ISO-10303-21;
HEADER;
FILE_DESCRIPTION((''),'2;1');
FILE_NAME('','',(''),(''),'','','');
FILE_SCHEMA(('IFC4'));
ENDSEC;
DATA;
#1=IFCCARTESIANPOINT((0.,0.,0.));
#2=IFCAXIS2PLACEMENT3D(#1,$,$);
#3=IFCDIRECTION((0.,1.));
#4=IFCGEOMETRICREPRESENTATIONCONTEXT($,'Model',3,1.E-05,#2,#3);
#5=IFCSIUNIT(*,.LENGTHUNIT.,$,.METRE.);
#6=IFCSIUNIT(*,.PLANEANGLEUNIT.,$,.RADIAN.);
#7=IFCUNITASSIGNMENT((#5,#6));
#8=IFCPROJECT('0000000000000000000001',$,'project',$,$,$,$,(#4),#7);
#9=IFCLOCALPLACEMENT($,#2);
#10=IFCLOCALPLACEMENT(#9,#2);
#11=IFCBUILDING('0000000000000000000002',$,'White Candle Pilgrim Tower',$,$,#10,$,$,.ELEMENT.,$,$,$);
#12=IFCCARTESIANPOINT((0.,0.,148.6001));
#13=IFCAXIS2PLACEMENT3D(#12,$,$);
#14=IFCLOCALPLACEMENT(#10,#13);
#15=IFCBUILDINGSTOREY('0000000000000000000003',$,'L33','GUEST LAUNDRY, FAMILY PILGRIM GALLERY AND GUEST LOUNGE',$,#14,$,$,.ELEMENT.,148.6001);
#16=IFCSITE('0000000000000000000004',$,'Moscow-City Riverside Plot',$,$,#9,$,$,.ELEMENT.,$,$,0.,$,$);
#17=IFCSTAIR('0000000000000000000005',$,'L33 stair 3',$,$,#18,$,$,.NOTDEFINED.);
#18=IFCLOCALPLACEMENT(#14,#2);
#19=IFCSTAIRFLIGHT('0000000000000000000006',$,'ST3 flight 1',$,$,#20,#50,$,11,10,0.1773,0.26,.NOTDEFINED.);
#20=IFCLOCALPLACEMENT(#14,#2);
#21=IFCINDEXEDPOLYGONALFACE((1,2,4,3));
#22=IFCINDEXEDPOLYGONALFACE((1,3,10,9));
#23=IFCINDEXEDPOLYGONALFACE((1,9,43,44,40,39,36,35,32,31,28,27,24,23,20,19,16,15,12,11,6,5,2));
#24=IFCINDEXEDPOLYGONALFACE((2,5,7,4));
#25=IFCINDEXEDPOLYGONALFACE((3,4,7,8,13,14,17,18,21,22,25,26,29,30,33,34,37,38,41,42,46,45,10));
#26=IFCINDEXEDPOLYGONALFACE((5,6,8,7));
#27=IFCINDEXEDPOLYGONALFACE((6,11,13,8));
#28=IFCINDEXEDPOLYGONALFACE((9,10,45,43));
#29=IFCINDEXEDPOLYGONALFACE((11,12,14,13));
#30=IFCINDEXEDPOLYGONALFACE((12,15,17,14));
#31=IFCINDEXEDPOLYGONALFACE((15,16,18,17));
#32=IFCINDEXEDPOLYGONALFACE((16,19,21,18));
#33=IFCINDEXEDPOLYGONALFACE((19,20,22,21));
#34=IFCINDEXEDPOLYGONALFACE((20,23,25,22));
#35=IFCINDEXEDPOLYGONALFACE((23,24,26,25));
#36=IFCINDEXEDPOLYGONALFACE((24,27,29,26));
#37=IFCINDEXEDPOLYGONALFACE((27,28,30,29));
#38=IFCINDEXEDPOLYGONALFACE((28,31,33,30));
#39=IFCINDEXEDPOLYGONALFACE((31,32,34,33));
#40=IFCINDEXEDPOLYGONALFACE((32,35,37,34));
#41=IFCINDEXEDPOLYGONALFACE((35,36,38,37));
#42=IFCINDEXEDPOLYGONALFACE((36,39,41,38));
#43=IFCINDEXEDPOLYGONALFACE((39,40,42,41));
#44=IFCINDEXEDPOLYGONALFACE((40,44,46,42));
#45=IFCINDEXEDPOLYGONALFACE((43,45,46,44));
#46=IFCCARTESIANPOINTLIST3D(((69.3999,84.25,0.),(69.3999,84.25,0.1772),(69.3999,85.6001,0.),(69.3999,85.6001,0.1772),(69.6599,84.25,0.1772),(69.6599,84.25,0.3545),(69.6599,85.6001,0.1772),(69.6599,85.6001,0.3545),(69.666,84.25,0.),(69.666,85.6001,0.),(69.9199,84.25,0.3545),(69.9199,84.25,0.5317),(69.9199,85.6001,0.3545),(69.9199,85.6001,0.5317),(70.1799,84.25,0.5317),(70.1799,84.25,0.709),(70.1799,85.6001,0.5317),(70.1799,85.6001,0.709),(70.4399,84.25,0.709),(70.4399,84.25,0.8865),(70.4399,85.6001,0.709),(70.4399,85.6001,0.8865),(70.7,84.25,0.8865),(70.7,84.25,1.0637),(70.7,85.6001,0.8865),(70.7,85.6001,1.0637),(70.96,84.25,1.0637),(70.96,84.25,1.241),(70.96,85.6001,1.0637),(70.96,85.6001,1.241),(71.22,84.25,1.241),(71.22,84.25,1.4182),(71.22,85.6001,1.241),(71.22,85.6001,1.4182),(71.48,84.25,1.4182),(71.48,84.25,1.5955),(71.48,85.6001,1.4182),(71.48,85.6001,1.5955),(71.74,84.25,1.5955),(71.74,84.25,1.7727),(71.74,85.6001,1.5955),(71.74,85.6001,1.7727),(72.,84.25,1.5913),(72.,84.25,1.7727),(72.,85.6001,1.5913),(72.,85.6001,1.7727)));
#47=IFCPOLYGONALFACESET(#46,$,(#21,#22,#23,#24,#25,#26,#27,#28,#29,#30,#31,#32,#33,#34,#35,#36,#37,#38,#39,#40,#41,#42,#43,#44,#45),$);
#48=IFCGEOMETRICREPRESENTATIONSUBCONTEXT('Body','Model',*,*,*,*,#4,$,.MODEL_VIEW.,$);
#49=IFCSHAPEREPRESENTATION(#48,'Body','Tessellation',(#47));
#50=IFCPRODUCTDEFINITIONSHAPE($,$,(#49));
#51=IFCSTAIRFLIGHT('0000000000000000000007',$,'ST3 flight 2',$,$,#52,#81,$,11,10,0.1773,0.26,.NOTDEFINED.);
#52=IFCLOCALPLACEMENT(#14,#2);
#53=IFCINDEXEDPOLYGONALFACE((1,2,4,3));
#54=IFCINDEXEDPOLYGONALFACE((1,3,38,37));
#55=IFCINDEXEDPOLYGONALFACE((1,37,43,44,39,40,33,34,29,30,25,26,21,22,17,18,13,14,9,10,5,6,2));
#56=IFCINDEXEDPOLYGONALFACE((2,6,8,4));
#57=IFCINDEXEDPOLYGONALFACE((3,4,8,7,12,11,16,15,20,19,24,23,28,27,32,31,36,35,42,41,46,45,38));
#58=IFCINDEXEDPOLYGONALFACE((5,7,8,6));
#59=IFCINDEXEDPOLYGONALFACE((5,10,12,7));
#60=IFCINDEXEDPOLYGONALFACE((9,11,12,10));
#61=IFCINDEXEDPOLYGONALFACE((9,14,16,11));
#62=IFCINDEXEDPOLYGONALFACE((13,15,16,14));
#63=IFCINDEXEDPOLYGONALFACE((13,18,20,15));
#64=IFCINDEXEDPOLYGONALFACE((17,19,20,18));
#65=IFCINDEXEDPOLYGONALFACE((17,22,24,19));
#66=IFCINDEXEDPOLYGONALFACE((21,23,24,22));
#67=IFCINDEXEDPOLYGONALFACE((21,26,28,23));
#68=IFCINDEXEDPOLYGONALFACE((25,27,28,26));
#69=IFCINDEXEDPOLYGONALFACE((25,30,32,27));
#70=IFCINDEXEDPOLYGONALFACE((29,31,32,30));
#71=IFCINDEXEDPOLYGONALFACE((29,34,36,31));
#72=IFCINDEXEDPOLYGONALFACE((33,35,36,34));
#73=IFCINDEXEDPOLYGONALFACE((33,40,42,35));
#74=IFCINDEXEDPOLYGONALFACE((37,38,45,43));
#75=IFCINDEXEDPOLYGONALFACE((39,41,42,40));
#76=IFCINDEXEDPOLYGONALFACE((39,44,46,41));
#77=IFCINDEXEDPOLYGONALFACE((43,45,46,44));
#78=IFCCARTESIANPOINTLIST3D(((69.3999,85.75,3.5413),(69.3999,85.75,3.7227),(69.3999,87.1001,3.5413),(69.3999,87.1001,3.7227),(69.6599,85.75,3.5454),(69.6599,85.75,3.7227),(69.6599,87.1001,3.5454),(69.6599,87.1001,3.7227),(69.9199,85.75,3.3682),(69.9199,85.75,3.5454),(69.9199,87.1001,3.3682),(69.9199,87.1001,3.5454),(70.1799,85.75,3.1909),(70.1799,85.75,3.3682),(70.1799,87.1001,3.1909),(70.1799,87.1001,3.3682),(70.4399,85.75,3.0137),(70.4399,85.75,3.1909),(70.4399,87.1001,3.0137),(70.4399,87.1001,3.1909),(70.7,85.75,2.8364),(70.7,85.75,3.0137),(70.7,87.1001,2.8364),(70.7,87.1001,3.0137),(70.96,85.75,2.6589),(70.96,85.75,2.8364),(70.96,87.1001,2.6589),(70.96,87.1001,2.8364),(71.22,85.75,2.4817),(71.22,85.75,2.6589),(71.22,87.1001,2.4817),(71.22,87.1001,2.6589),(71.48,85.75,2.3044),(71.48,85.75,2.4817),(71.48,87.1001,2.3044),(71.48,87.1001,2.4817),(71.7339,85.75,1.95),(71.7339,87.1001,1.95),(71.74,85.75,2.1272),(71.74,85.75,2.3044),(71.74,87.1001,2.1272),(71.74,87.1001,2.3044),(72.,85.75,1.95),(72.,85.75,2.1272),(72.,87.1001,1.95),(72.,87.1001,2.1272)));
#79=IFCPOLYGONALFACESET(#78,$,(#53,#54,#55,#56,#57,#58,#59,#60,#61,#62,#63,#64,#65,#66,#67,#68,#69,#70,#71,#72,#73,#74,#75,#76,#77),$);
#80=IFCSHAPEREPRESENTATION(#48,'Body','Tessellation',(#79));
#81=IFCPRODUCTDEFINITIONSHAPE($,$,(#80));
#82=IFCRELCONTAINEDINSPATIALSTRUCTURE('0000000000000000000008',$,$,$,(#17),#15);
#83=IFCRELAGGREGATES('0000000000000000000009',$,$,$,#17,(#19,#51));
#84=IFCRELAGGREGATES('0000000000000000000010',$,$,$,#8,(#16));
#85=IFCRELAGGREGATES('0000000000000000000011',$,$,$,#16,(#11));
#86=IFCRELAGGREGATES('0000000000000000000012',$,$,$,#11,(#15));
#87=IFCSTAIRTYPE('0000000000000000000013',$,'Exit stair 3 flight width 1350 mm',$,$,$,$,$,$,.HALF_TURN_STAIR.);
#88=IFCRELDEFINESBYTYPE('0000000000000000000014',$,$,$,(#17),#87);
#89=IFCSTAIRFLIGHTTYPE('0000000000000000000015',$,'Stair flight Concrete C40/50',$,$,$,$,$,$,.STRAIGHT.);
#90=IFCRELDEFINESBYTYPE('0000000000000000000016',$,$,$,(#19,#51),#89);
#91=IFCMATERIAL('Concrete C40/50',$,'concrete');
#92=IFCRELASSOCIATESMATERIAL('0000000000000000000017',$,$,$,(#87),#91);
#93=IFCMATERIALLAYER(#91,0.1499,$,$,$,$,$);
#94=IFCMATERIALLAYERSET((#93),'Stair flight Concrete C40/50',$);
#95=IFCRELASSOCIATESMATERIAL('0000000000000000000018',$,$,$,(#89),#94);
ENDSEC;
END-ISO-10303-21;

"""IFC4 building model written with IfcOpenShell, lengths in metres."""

from ifc_helpers import new_model, si_unit, direction, frame, origin, place, context, subcontext, project, spatial, polyline, outline, extrude, material, layer, layer_set, type_object, element, aggregate, save


model = new_model("IFC4")

# Units and contexts
model_context = context("Model", 3, precision=1e-05, world=origin(), true_north=direction((0.0, 1.0)))
body_context = subcontext(model_context, "Body", "Model", "MODEL_VIEW")
ifc_project = project(units=[si_unit("LENGTHUNIT", "METRE"), si_unit("PLANEANGLEUNIT", "RADIAN")], contexts=[model_context])

# Site, building, storey
site_placement = place(None, origin())
site = spatial("IfcSite", under=ifc_project, at=site_placement, Name="Moscow-City Riverside Plot", CompositionType="ELEMENT", RefElevation=0.0)
building_placement = place(site_placement, origin())
building = spatial("IfcBuilding", under=site, at=building_placement, Name="White Candle Pilgrim Tower", CompositionType="ELEMENT")
storey_placement = place(building_placement, frame((0.0, 0.0, 148.6001)))
storey = spatial("IfcBuildingStorey", under=building, at=storey_placement, Name="L33", Description="GUEST LAUNDRY, FAMILY PILGRIM GALLERY AND GUEST LOUNGE", CompositionType="ELEMENT", Elevation=148.6001)

# Stair, stair flights
ifc_material_1 = material(Name="Concrete C40/50", Category="concrete")
stair_type = type_object("IfcStairType", Name="Exit stair 3 flight width 1350 mm", PredefinedType="HALF_TURN_STAIR", material=ifc_material_1)
stair_placement = place(storey_placement, origin())
stair = element("IfcStair", 1, at=stair_placement, inside=storey, type_object=stair_type, Name="L33 stair 3", PredefinedType="NOTDEFINED")
ifc_layer_1 = layer(ifc_material_1, 0.1499)
ifc_layer_set_1 = layer_set([ifc_layer_1], Name="Stair flight Concrete C40/50")
stair_flight_type = type_object("IfcStairFlightType", Name="Stair flight Concrete C40/50", PredefinedType="STRAIGHT", material=ifc_layer_set_1)
stair_flight_1_placement = place(storey_placement, frame((69.3999, 84.925, 0.0), z_axis=(0.0, 0.0, 1.0), x_axis=(1.0, 0.0, 0.0)))
stair_flight_1 = element("IfcStairFlight", 2, at=stair_flight_1_placement, type_object=stair_flight_type, Name="ST3 flight 1", NumberOfRisers=11, NumberOfTreads=10, PredefinedType="NOTDEFINED", RiserHeight=0.1773, TreadLength=0.26, context=body_context, shape_type="SweptSolid", body=[
    extrude(outline(polyline([(0.0, 0.0), (0.0, 0.1772), (0.26, 0.1772), (0.26, 0.3545), (0.52, 0.3545), (0.52, 0.5317), (0.78, 0.5317), (0.78, 0.709), (1.04, 0.709), (1.04, 0.8865), (1.3, 0.8865), (1.3, 1.0637), (1.5601, 1.0637), (1.5601, 1.241), (1.8201, 1.241), (1.8201, 1.4182), (2.0801, 1.4182), (2.0801, 1.5955), (2.3401, 1.5955), (2.3401, 1.7727), (2.6001, 1.7727), (2.6001, 1.95), (2.6001, 1.5913), (0.2661, 0.0), (0.0, 0.0)])), frame((0.0, 0.675, 0.0), z_axis=(0.0, -1.0, 0.0), x_axis=(1.0, 0.0, 0.0)), (0.0, 0.0, 1.0), 1.3501),
])
stair_flight_2_placement = place(storey_placement, frame((72.0, 86.425, 1.95), z_axis=(0.0, 0.0, 1.0), x_axis=(-1.0, 0.0, 0.0)))
stair_flight_2 = element("IfcStairFlight", 3, at=stair_flight_2_placement, type_object=stair_flight_type, Name="ST3 flight 2", NumberOfRisers=11, NumberOfTreads=10, PredefinedType="NOTDEFINED", RiserHeight=0.1773, TreadLength=0.26, context=body_context, shape_type="SweptSolid", body=[
    extrude(outline(polyline([(0.0, 0.0), (0.0, 0.1772), (0.26, 0.1772), (0.26, 0.3545), (0.52, 0.3545), (0.52, 0.5317), (0.78, 0.5317), (0.78, 0.709), (1.04, 0.709), (1.04, 0.8865), (1.3, 0.8865), (1.3, 1.0637), (1.5601, 1.0637), (1.5601, 1.241), (1.8201, 1.241), (1.8201, 1.4182), (2.0801, 1.4182), (2.0801, 1.5955), (2.3401, 1.5955), (2.3401, 1.7727), (2.6001, 1.7727), (2.6001, 1.95), (2.6001, 1.5913), (0.2661, 0.0), (0.0, 0.0)])), frame((0.0, 0.675, 0.0), z_axis=(0.0, -1.0, 0.0), x_axis=(1.0, 0.0, 0.0)), (0.0, 0.0, 1.0), 1.3501),
])
aggregate(stair, [stair_flight_1, stair_flight_2])

save(model, "model.ifc")
